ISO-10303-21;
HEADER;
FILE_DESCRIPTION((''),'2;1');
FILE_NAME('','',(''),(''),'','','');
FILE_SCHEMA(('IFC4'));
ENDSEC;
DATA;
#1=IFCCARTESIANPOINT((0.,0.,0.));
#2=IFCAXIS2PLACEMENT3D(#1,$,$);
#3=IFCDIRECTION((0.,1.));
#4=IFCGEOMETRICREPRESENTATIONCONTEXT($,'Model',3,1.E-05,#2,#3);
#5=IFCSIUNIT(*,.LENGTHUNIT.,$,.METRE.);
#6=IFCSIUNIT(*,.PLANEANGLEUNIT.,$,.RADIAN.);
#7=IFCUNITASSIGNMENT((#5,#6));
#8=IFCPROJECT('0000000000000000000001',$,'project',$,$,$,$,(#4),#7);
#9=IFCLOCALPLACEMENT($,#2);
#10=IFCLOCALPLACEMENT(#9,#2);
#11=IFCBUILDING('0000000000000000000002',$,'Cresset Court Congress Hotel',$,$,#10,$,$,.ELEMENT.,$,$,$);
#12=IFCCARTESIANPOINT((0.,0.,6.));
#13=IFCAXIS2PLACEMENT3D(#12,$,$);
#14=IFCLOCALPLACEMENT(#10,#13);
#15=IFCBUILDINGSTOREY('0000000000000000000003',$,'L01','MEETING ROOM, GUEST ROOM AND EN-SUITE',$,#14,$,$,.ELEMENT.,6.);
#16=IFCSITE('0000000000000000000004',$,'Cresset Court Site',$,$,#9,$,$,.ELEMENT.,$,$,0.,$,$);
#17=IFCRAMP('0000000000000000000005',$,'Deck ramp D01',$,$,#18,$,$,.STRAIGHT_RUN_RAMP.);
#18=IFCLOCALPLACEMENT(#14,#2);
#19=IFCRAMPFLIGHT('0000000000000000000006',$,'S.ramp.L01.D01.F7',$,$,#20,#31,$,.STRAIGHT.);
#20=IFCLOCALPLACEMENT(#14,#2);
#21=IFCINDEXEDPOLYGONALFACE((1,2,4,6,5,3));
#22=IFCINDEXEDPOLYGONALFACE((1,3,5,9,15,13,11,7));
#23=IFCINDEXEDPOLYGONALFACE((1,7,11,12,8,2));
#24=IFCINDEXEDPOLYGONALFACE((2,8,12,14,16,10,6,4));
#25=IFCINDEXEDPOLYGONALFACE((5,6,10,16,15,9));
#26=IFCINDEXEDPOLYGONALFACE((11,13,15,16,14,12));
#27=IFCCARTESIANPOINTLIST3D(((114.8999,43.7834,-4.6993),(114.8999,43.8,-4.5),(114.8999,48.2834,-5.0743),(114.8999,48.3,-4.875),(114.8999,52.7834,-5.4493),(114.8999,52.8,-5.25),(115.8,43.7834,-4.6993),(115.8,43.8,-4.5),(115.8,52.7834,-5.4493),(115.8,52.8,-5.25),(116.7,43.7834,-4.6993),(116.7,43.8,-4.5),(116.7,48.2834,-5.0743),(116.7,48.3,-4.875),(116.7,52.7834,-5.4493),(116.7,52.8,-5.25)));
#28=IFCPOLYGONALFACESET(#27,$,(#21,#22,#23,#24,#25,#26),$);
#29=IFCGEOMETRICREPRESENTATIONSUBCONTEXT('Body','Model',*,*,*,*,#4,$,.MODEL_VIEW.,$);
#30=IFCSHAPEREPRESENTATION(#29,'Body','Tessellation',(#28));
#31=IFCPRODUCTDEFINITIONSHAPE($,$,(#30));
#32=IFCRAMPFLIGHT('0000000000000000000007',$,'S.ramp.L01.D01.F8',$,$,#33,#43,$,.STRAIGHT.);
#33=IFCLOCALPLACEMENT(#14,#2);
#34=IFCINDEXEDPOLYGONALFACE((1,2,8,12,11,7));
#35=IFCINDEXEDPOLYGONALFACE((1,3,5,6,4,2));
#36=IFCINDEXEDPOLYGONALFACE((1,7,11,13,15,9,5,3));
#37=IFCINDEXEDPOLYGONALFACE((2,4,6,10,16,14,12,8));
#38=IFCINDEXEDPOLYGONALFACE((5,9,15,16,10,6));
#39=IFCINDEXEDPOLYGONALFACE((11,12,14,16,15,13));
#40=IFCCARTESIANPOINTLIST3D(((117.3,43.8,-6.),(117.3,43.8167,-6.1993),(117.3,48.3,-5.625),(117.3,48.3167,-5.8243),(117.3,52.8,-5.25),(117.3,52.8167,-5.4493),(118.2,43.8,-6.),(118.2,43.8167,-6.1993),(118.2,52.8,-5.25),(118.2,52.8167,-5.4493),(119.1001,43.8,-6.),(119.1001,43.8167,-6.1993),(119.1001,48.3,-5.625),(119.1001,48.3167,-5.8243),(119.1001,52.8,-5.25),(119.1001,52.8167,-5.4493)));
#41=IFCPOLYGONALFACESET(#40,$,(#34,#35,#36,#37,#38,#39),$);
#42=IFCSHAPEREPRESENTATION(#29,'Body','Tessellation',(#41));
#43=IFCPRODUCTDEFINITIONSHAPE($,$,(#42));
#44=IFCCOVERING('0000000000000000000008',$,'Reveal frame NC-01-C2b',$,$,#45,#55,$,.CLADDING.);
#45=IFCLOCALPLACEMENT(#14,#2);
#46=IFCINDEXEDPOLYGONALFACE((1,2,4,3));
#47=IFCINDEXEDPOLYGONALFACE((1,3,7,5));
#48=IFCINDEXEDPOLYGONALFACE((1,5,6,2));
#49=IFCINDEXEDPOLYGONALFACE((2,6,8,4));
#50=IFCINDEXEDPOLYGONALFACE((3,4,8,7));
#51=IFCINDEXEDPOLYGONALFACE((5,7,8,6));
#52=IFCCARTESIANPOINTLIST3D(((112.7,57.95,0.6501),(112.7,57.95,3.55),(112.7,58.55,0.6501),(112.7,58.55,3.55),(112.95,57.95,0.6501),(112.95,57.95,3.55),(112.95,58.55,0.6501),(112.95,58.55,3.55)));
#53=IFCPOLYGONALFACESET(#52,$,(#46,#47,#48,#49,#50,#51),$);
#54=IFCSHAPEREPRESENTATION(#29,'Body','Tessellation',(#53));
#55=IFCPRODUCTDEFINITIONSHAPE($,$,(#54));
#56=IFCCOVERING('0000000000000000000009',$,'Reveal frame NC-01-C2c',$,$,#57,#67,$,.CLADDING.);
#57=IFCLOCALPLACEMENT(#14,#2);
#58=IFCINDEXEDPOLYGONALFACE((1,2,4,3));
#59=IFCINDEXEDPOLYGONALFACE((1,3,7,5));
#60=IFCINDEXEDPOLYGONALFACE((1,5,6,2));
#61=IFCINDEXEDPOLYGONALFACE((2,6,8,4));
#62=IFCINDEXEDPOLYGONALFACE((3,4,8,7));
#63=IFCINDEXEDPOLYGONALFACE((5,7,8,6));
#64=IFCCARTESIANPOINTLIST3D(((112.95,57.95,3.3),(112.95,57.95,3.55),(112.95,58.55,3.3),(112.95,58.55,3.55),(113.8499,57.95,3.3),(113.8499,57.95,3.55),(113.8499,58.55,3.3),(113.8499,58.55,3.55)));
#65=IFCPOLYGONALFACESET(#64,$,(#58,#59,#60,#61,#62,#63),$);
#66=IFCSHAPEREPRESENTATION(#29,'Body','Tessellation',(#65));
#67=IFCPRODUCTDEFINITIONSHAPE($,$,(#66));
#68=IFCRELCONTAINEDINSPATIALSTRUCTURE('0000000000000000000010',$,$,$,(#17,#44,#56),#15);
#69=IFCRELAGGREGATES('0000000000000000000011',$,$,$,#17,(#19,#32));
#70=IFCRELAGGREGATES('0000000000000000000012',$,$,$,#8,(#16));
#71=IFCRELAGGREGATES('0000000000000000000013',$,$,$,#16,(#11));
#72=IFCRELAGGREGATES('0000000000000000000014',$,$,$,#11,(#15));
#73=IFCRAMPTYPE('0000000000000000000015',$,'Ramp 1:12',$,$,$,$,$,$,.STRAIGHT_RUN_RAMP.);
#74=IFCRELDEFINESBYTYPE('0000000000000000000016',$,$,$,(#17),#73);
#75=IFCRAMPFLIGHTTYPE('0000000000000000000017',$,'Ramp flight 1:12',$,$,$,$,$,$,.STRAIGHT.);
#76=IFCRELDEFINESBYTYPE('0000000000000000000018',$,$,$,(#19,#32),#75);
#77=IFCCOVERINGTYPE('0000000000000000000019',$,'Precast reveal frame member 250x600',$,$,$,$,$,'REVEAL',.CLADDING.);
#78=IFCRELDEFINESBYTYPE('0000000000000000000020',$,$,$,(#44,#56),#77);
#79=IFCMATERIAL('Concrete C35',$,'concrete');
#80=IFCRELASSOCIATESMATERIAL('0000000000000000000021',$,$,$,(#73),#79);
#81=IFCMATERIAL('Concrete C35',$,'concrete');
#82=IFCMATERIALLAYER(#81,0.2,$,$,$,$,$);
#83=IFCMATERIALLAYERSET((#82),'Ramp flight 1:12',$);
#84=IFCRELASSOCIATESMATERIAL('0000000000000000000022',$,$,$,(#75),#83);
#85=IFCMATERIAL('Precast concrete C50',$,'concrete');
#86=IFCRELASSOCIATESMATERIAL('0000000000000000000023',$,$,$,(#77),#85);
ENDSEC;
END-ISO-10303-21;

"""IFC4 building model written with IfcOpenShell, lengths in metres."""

from ifc_helpers import new_model, si_unit, direction, frame, origin, origin_2d, place, context, subcontext, project, spatial, polyline, rectangle, outline, extrude, material, layer, layer_set, type_object, element, aggregate, save


model = new_model("IFC4")

# Units and contexts
model_context = context("Model", 3, precision=1e-05, world=origin(), true_north=direction((0.0, 1.0)))
body_context = subcontext(model_context, "Body", "Model", "MODEL_VIEW")
ifc_project = project(units=[si_unit("LENGTHUNIT", "METRE"), si_unit("PLANEANGLEUNIT", "RADIAN")], contexts=[model_context])

# Site, building, storey
site_placement = place(None, origin())
site = spatial("IfcSite", under=ifc_project, at=site_placement, Name="Cresset Court Site", CompositionType="ELEMENT", RefElevation=0.0)
building_placement = place(site_placement, origin())
building = spatial("IfcBuilding", under=site, at=building_placement, Name="Cresset Court Congress Hotel", CompositionType="ELEMENT")
storey_placement = place(building_placement, frame((0.0, 0.0, 6.0)))
storey = spatial("IfcBuildingStorey", under=building, at=storey_placement, Name="L01", Description="MEETING ROOM, GUEST ROOM AND EN-SUITE", CompositionType="ELEMENT", Elevation=6.0)

# Ramp, ramp flights
ifc_material_1 = material(Name="Concrete C35", Category="concrete")
ramp_type = type_object("IfcRampType", Name="Ramp 1:12", PredefinedType="STRAIGHT_RUN_RAMP", material=ifc_material_1)
ramp_placement = place(storey_placement, origin())
ramp = element("IfcRamp", 1, at=ramp_placement, inside=storey, type_object=ramp_type, Name="Deck ramp D01", PredefinedType="STRAIGHT_RUN_RAMP")
ifc_material_2 = material(Name="Concrete C35", Category="concrete")
ifc_layer = layer(ifc_material_2, 0.2)
ifc_layer_set = layer_set([ifc_layer], Name="Ramp flight 1:12")
ramp_flight_type = type_object("IfcRampFlightType", Name="Ramp flight 1:12", PredefinedType="STRAIGHT", material=ifc_layer_set)
placement = place(building_placement, origin())
ramp_flight_1_placement = place(placement, frame((114.8999, 43.8, 1.5), z_axis=(0.0, 0.083045, 0.996546), x_axis=(1.0, 0.0, 0.0)))
ramp_flight_1 = element("IfcRampFlight", 2, at=ramp_flight_1_placement, type_object=ramp_flight_type, Name="S.ramp.L01.D01.F7", PredefinedType="STRAIGHT", context=body_context, shape_type="SweptSolid", body=[
    extrude(outline(polyline([(0.0, 0.0), (0.9001, 0.0), (1.8, 0.0), (1.8, 4.5156), (1.8, 9.0312), (0.9001, 9.0312), (0.0, 9.0312), (0.0, 4.5156), (0.0, 0.0)])), origin(), (0.0, 0.0, -1.0), 0.2),
])
ramp_flight_2_placement = place(placement, frame((117.3, 52.8, 0.75), z_axis=(0.0, -0.083045, 0.996546), x_axis=(1.0, 0.0, 0.0)))
ramp_flight_2 = element("IfcRampFlight", 3, at=ramp_flight_2_placement, type_object=ramp_flight_type, Name="S.ramp.L01.D01.F8", PredefinedType="STRAIGHT", context=body_context, shape_type="SweptSolid", body=[
    extrude(outline(polyline([(0.0, 0.0), (0.8999, 0.0), (1.8, 0.0), (1.8, -4.5156), (1.8, -9.0312), (0.8999, -9.0312), (0.0, -9.0312), (0.0, -4.5156), (0.0, 0.0)])), origin(), (0.0, 0.0, -1.0), 0.2),
])
aggregate(ramp, [ramp_flight_1, ramp_flight_2])

# Coverings
ifc_material_3 = material(Name="Precast concrete C50", Category="concrete")
covering_type = type_object("IfcCoveringType", Name="Precast reveal frame member 250x600", ElementType="REVEAL", PredefinedType="CLADDING", material=ifc_material_3)
covering_1_placement = place(storey_placement, frame((112.825, 58.25, 0.6501), z_axis=(0.0, 0.0, 1.0), x_axis=(1.0, 0.0, 0.0)))
element("IfcCovering", 4, at=covering_1_placement, inside=storey, type_object=covering_type, Name="Reveal frame NC-01-C2b", PredefinedType="CLADDING", context=body_context, shape_type="SweptSolid", body=[
    extrude(rectangle(XDim=0.25, YDim=0.6001, at=origin_2d()), origin(), (0.0, 0.0, 1.0), 2.8999),
])
covering_2_placement = place(storey_placement, frame((113.3999, 58.25, 3.3), z_axis=(0.0, 0.0, 1.0), x_axis=(1.0, 0.0, 0.0)))
element("IfcCovering", 5, at=covering_2_placement, inside=storey, type_object=covering_type, Name="Reveal frame NC-01-C2c", PredefinedType="CLADDING", context=body_context, shape_type="SweptSolid", body=[
    extrude(rectangle(XDim=0.8999, YDim=0.6001, at=origin_2d()), origin(), (0.0, 0.0, 1.0), 0.25),
])

save(model, "model.ifc")
